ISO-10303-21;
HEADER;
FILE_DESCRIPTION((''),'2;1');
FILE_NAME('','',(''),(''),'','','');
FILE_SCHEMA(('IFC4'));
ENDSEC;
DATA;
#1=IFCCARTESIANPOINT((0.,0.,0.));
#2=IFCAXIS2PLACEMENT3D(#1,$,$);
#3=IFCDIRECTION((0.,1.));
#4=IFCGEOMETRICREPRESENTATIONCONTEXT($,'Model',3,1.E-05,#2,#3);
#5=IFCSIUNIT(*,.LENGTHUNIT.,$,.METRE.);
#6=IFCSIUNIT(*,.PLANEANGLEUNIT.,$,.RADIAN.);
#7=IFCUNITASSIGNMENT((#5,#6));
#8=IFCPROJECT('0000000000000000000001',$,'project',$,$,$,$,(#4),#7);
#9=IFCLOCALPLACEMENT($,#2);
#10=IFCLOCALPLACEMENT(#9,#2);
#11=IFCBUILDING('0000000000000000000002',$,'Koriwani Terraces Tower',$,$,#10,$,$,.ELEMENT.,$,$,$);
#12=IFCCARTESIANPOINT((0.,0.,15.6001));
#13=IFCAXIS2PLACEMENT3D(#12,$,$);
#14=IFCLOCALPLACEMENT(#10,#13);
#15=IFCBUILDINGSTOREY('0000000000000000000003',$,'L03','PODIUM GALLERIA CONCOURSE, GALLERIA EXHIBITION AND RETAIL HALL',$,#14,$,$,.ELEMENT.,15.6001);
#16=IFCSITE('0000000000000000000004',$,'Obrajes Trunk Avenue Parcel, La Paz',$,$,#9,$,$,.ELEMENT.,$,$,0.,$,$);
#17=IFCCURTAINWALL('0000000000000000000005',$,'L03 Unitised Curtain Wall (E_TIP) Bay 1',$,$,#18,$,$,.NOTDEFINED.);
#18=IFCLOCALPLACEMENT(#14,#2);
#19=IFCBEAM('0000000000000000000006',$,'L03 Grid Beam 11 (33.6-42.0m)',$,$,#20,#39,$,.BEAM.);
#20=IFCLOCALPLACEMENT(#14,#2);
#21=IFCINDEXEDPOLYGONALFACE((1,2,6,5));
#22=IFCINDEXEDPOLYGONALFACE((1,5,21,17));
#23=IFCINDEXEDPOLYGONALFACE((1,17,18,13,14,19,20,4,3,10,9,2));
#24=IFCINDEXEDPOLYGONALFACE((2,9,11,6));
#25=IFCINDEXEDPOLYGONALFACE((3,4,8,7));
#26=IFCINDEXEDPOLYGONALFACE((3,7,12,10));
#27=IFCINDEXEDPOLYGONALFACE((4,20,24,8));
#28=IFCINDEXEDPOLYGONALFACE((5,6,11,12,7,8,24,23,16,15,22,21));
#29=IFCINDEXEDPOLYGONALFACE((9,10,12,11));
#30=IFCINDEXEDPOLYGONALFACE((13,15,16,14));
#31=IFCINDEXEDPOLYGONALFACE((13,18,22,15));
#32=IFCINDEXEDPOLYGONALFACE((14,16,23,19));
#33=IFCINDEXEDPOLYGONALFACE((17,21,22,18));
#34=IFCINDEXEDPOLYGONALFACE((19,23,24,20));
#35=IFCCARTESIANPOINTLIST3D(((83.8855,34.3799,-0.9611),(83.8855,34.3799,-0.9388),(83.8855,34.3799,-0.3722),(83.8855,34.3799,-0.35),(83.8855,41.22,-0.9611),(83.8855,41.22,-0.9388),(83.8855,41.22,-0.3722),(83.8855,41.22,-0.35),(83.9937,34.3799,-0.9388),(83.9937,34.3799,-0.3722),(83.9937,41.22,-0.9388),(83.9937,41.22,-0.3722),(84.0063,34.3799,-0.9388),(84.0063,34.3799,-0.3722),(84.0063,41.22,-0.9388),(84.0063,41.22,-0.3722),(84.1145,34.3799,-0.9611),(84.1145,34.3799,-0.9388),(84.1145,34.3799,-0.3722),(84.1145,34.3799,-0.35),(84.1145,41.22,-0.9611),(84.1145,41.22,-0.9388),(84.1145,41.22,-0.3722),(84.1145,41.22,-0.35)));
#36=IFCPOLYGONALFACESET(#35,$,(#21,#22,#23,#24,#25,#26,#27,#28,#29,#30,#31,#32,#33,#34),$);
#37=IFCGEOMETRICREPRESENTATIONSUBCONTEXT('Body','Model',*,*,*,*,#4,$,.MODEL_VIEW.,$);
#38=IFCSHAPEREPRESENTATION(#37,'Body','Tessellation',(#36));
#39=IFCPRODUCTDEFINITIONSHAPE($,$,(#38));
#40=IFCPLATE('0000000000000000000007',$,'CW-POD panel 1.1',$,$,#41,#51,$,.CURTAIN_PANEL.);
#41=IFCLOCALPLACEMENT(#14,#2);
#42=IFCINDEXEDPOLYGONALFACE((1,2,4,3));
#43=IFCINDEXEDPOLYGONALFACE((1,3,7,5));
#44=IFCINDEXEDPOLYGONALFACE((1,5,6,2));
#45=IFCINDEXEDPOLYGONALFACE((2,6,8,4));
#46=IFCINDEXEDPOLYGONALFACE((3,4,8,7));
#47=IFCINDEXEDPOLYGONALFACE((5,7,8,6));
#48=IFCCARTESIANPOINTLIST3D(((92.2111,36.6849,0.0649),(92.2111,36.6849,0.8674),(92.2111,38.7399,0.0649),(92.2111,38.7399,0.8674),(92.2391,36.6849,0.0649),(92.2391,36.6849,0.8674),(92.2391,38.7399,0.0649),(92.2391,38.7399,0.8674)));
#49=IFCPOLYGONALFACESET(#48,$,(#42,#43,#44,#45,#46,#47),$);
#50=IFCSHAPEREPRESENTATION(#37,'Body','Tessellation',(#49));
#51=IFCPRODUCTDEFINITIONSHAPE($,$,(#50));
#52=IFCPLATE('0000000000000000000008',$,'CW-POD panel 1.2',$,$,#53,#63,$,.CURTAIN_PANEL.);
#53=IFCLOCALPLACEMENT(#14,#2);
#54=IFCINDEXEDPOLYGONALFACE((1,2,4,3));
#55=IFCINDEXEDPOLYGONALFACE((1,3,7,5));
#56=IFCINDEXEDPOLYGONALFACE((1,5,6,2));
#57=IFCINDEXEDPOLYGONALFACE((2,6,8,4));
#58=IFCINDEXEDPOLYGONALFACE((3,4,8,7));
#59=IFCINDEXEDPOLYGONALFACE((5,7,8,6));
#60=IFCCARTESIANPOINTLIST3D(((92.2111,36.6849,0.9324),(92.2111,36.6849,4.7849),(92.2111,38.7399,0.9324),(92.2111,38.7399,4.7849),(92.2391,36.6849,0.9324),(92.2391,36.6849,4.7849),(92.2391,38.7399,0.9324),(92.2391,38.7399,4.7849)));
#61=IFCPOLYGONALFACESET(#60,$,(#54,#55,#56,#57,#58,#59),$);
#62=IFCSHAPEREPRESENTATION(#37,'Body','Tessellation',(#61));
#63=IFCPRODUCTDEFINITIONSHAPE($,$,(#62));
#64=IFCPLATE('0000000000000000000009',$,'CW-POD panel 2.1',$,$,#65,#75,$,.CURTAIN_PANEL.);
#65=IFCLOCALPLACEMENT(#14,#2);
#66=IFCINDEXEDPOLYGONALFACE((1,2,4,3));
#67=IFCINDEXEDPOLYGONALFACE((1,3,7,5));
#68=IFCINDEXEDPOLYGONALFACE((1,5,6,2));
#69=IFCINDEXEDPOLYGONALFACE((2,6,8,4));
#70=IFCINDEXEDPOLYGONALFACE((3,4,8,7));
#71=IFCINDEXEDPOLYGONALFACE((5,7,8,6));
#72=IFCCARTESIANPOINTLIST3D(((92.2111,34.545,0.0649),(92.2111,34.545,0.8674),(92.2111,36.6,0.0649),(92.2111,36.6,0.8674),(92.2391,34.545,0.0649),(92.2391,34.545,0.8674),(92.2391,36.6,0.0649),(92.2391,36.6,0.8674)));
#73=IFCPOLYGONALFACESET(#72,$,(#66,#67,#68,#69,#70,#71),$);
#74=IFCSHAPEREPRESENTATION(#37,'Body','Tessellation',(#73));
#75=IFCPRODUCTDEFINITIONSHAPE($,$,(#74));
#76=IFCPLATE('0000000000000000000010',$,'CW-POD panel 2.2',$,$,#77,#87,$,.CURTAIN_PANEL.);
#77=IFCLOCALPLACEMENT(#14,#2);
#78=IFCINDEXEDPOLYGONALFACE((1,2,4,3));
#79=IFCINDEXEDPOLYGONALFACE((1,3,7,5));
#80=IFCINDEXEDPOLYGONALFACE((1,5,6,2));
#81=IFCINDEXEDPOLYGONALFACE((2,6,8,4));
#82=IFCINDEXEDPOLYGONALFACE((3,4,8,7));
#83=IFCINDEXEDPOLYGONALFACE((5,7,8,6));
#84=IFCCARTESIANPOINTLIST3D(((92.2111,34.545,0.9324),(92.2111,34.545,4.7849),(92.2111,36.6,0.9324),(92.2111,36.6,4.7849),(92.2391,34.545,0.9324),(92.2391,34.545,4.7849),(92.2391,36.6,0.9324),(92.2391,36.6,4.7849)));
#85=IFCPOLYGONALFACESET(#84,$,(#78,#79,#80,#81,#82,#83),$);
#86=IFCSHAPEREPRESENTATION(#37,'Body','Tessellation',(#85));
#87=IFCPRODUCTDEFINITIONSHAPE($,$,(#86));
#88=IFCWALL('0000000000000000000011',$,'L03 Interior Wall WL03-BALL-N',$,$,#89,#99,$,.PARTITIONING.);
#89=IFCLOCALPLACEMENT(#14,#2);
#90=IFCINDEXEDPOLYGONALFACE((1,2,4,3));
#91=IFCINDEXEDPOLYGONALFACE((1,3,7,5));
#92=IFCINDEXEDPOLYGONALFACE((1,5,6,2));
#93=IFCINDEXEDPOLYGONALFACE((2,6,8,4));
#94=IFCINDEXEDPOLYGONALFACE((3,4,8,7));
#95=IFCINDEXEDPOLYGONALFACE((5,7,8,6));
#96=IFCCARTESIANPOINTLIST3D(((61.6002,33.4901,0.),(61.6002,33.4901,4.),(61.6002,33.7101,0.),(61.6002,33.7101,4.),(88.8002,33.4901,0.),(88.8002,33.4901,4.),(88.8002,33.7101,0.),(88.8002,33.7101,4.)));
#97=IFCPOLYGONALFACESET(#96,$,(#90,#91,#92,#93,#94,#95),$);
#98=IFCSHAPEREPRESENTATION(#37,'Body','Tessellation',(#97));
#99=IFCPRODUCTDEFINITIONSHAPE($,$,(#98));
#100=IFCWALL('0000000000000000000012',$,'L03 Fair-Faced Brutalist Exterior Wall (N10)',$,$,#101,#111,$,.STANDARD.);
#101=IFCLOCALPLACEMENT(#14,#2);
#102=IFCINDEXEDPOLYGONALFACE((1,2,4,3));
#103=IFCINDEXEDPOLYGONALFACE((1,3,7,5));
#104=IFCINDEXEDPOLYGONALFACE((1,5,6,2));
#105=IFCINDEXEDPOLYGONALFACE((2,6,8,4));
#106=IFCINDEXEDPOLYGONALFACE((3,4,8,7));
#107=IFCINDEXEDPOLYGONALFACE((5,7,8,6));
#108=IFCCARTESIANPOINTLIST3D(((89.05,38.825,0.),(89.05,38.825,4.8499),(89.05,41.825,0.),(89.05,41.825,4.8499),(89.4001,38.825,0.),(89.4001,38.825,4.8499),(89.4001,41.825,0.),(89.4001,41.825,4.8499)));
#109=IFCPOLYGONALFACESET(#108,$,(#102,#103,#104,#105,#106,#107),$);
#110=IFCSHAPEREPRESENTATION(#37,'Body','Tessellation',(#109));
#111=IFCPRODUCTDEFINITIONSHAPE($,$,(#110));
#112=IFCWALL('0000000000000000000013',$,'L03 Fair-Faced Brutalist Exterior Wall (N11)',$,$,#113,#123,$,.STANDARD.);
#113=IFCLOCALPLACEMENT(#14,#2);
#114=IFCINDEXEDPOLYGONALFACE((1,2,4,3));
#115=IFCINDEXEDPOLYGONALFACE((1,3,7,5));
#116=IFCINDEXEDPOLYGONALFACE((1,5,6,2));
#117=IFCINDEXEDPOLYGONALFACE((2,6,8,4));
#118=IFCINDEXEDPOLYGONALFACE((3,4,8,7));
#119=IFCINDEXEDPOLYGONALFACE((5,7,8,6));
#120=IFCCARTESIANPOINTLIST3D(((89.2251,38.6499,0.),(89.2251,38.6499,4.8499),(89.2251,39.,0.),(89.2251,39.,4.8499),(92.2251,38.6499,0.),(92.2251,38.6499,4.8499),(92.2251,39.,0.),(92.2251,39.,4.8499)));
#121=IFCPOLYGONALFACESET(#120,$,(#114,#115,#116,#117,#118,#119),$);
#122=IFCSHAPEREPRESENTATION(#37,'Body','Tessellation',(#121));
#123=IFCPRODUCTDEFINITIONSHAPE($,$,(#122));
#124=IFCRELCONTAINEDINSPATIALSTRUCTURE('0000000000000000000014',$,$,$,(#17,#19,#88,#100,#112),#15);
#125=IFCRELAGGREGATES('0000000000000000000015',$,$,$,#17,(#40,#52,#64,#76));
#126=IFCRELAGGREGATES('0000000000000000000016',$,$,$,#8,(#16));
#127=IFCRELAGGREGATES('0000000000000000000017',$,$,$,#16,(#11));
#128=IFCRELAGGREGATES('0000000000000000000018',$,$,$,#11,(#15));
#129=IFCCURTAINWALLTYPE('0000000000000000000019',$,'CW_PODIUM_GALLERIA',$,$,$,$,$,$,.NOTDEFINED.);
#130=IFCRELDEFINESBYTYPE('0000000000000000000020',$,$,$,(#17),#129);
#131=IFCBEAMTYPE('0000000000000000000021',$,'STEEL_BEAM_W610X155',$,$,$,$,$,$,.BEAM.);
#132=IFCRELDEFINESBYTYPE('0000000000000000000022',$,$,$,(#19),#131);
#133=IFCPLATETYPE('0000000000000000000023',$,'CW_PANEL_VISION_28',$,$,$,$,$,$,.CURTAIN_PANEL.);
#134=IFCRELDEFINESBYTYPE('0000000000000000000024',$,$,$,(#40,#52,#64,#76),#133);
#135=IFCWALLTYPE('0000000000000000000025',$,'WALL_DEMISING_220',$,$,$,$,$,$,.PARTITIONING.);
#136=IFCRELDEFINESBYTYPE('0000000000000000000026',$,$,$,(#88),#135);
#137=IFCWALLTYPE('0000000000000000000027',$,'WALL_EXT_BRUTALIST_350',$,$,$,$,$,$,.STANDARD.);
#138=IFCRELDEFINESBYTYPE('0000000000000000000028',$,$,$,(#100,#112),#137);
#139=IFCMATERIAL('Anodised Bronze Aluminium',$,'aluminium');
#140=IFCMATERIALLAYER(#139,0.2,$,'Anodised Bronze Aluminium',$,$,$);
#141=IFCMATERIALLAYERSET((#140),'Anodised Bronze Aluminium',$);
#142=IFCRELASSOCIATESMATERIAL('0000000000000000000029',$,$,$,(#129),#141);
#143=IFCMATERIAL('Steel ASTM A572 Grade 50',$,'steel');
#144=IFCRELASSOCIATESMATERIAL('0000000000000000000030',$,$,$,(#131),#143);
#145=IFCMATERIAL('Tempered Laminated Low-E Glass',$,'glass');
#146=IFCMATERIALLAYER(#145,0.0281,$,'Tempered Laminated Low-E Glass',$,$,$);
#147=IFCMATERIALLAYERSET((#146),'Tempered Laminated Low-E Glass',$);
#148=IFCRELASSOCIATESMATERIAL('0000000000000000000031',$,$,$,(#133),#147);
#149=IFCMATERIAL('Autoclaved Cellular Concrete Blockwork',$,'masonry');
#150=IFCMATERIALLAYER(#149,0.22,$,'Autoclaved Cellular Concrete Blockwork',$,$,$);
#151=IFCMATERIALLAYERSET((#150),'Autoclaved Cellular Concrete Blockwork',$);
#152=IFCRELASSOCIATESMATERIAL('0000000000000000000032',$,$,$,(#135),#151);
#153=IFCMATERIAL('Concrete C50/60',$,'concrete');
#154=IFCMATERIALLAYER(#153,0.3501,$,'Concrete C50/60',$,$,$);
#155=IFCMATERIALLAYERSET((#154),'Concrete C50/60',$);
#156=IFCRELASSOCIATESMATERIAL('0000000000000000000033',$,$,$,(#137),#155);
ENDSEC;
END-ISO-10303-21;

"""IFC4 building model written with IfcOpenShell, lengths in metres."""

from ifc_helpers import new_model, si_unit, direction, frame, frame_2d, origin, origin_2d, place, context, subcontext, project, spatial, rectangle, i_section, extrude, material, layer, layer_set, material_profile, profile_set, type_object, element, aggregate, save


model = new_model("IFC4")

# Units and contexts
model_context = context("Model", 3, precision=1e-05, world=origin(), true_north=direction((0.0, 1.0)))
body_context = subcontext(model_context, "Body", "Model", "MODEL_VIEW")
ifc_project = project(units=[si_unit("LENGTHUNIT", "METRE"), si_unit("PLANEANGLEUNIT", "RADIAN")], contexts=[model_context])

# Site, building, storey
site_placement = place(None, origin())
site = spatial("IfcSite", under=ifc_project, at=site_placement, Name="Obrajes Trunk Avenue Parcel, La Paz", CompositionType="ELEMENT", RefElevation=0.0)
building_placement = place(site_placement, origin())
building = spatial("IfcBuilding", under=site, at=building_placement, Name="Koriwani Terraces Tower", CompositionType="ELEMENT")
storey_placement = place(building_placement, frame((0.0, 0.0, 15.6001)))
storey = spatial("IfcBuildingStorey", under=building, at=storey_placement, Name="L03", Description="PODIUM GALLERIA CONCOURSE, GALLERIA EXHIBITION AND RETAIL HALL", CompositionType="ELEMENT", Elevation=15.6001)

# Curtain wall
ifc_material_1 = material(Name="Anodised Bronze Aluminium", Category="aluminium")
ifc_layer_1 = layer(ifc_material_1, 0.2, Name="Anodised Bronze Aluminium")
ifc_layer_set_1 = layer_set([ifc_layer_1], Name="Anodised Bronze Aluminium")
curtain_wall_type = type_object("IfcCurtainWallType", Name="CW_PODIUM_GALLERIA", PredefinedType="NOTDEFINED", material=ifc_layer_set_1)
curtain_wall_placement = place(storey_placement, origin())
curtain_wall = element("IfcCurtainWall", 1, at=curtain_wall_placement, inside=storey, type_object=curtain_wall_type, Name="L03 Unitised Curtain Wall (E_TIP) Bay 1", PredefinedType="NOTDEFINED")

# Beam
ifc_material_2 = material(Name="Steel ASTM A572 Grade 50", Category="steel")
ifc_material_profile_1 = material_profile(ifc_material_2, i_section(OverallWidth=0.229, OverallDepth=0.6111, WebThickness=0.0127, FlangeThickness=0.0222, at=origin_2d()), Name="Steel ASTM A572 Grade 50", Category="LoadBearing")
ifc_profile_set_1 = profile_set([ifc_material_profile_1], Name="Steel ASTM A572 Grade 50")
beam_type_1 = type_object("IfcBeamType", Name="STEEL_BEAM_W610X155", PredefinedType="BEAM", material=ifc_profile_set_1)
for number, where, z_axis, x_axis, name in (
    (2, (84.0, 34.3799, -0.6555), (0.0, 1.0, 0.0), (-1.0, 0.0, 0.0), "L03 Grid Beam 11 (33.6-42.0m)"),
):
    element("IfcBeam", number, at=place(storey_placement, frame(where, z_axis=z_axis, x_axis=x_axis)), inside=storey, type_object=beam_type_1, Name=name, PredefinedType="BEAM", context=body_context, shape_type="SweptSolid", body=[
        extrude(i_section(OverallWidth=0.229, OverallDepth=0.6111, WebThickness=0.0127, FlangeThickness=0.0222, at=origin_2d()), origin(), (0.0, 0.0, 1.0), 6.8401),
    ])

# Plates
ifc_material_3 = material(Name="Tempered Laminated Low-E Glass", Category="glass")
ifc_layer_2 = layer(ifc_material_3, 0.0281, Name="Tempered Laminated Low-E Glass")
ifc_layer_set_2 = layer_set([ifc_layer_2], Name="Tempered Laminated Low-E Glass")
plate_type = type_object("IfcPlateType", Name="CW_PANEL_VISION_28", PredefinedType="CURTAIN_PANEL", material=ifc_layer_set_2)
plate_1_placement = place(storey_placement, frame((92.2251, 37.7124, 0.0649), z_axis=(0.0, 0.0, 1.0), x_axis=(0.0, -1.0, 0.0)))
plate_1 = element("IfcPlate", 3, at=plate_1_placement, type_object=plate_type, Name="CW-POD panel 1.1", PredefinedType="CURTAIN_PANEL", context=body_context, shape_type="SweptSolid", body=[
    extrude(rectangle(XDim=2.0549, YDim=0.0281, at=origin_2d()), origin(), (0.0, 0.0, 1.0), 0.8025),
])
plate_2_placement = place(storey_placement, frame((92.2251, 37.7124, 0.9324), z_axis=(0.0, 0.0, 1.0), x_axis=(0.0, -1.0, 0.0)))
plate_2 = element("IfcPlate", 4, at=plate_2_placement, type_object=plate_type, Name="CW-POD panel 1.2", PredefinedType="CURTAIN_PANEL", context=body_context, shape_type="SweptSolid", body=[
    extrude(rectangle(XDim=2.0549, YDim=0.0281, at=origin_2d()), origin(), (0.0, 0.0, 1.0), 3.8525),
])
plate_3_placement = place(storey_placement, frame((92.2251, 35.5725, 0.0649), z_axis=(0.0, 0.0, 1.0), x_axis=(0.0, -1.0, 0.0)))
plate_3 = element("IfcPlate", 5, at=plate_3_placement, type_object=plate_type, Name="CW-POD panel 2.1", PredefinedType="CURTAIN_PANEL", context=body_context, shape_type="SweptSolid", body=[
    extrude(rectangle(XDim=2.0549, YDim=0.0281, at=origin_2d()), origin(), (0.0, 0.0, 1.0), 0.8025),
])
plate_4_placement = place(storey_placement, frame((92.2251, 35.5725, 0.9324), z_axis=(0.0, 0.0, 1.0), x_axis=(0.0, -1.0, 0.0)))
plate_4 = element("IfcPlate", 6, at=plate_4_placement, type_object=plate_type, Name="CW-POD panel 2.2", PredefinedType="CURTAIN_PANEL", context=body_context, shape_type="SweptSolid", body=[
    extrude(rectangle(XDim=2.0549, YDim=0.0281, at=origin_2d()), origin(), (0.0, 0.0, 1.0), 3.8525),
])
aggregate(curtain_wall, [plate_1, plate_2, plate_3, plate_4])

# Walls
ifc_material_4 = material(Name="Autoclaved Cellular Concrete Blockwork", Category="masonry")
ifc_layer_3 = layer(ifc_material_4, 0.22, Name="Autoclaved Cellular Concrete Blockwork")
ifc_layer_set_3 = layer_set([ifc_layer_3], Name="Autoclaved Cellular Concrete Blockwork")
wall_type_1 = type_object("IfcWallType", Name="WALL_DEMISING_220", PredefinedType="PARTITIONING", material=ifc_layer_set_3)
wall_placement = place(storey_placement, frame((61.6001, 33.6001, 0.0), z_axis=(0.0, 0.0, 1.0), x_axis=(1.0, 0.0, 0.0)))
element("IfcWall", 7, at=wall_placement, inside=storey, type_object=wall_type_1, Name="L03 Interior Wall WL03-BALL-N", PredefinedType="PARTITIONING", context=body_context, shape_type="SweptSolid", body=[
    extrude(rectangle(XDim=27.2, YDim=0.22, at=frame_2d((13.6001, 0.0))), origin(), (0.0, 0.0, 1.0), 4.0),
])
ifc_material_5 = material(Name="Concrete C50/60", Category="concrete")
ifc_layer_4 = layer(ifc_material_5, 0.3501, Name="Concrete C50/60")
ifc_layer_set_4 = layer_set([ifc_layer_4], Name="Concrete C50/60")
wall_type_2 = type_object("IfcWallType", Name="WALL_EXT_BRUTALIST_350", PredefinedType="STANDARD", material=ifc_layer_set_4)
for number, where, z_axis, x_axis, name in (
    (8, (89.2251, 41.825, 0.0), (0.0, 0.0, 1.0), (0.0, -1.0, 0.0), "L03 Fair-Faced Brutalist Exterior Wall (N10)"),
    (9, (89.2251, 38.825, 0.0), (0.0, 0.0, 1.0), (1.0, 0.0, 0.0), "L03 Fair-Faced Brutalist Exterior Wall (N11)"),
):
    element("IfcWall", number, at=place(storey_placement, frame(where, z_axis=z_axis, x_axis=x_axis)), inside=storey, type_object=wall_type_2, Name=name, PredefinedType="STANDARD", context=body_context, shape_type="SweptSolid", body=[
        extrude(rectangle(XDim=3.0, YDim=0.3501, at=frame_2d((1.5, 0.0))), origin(), (0.0, 0.0, 1.0), 4.8499),
    ])

save(model, "model.ifc")
